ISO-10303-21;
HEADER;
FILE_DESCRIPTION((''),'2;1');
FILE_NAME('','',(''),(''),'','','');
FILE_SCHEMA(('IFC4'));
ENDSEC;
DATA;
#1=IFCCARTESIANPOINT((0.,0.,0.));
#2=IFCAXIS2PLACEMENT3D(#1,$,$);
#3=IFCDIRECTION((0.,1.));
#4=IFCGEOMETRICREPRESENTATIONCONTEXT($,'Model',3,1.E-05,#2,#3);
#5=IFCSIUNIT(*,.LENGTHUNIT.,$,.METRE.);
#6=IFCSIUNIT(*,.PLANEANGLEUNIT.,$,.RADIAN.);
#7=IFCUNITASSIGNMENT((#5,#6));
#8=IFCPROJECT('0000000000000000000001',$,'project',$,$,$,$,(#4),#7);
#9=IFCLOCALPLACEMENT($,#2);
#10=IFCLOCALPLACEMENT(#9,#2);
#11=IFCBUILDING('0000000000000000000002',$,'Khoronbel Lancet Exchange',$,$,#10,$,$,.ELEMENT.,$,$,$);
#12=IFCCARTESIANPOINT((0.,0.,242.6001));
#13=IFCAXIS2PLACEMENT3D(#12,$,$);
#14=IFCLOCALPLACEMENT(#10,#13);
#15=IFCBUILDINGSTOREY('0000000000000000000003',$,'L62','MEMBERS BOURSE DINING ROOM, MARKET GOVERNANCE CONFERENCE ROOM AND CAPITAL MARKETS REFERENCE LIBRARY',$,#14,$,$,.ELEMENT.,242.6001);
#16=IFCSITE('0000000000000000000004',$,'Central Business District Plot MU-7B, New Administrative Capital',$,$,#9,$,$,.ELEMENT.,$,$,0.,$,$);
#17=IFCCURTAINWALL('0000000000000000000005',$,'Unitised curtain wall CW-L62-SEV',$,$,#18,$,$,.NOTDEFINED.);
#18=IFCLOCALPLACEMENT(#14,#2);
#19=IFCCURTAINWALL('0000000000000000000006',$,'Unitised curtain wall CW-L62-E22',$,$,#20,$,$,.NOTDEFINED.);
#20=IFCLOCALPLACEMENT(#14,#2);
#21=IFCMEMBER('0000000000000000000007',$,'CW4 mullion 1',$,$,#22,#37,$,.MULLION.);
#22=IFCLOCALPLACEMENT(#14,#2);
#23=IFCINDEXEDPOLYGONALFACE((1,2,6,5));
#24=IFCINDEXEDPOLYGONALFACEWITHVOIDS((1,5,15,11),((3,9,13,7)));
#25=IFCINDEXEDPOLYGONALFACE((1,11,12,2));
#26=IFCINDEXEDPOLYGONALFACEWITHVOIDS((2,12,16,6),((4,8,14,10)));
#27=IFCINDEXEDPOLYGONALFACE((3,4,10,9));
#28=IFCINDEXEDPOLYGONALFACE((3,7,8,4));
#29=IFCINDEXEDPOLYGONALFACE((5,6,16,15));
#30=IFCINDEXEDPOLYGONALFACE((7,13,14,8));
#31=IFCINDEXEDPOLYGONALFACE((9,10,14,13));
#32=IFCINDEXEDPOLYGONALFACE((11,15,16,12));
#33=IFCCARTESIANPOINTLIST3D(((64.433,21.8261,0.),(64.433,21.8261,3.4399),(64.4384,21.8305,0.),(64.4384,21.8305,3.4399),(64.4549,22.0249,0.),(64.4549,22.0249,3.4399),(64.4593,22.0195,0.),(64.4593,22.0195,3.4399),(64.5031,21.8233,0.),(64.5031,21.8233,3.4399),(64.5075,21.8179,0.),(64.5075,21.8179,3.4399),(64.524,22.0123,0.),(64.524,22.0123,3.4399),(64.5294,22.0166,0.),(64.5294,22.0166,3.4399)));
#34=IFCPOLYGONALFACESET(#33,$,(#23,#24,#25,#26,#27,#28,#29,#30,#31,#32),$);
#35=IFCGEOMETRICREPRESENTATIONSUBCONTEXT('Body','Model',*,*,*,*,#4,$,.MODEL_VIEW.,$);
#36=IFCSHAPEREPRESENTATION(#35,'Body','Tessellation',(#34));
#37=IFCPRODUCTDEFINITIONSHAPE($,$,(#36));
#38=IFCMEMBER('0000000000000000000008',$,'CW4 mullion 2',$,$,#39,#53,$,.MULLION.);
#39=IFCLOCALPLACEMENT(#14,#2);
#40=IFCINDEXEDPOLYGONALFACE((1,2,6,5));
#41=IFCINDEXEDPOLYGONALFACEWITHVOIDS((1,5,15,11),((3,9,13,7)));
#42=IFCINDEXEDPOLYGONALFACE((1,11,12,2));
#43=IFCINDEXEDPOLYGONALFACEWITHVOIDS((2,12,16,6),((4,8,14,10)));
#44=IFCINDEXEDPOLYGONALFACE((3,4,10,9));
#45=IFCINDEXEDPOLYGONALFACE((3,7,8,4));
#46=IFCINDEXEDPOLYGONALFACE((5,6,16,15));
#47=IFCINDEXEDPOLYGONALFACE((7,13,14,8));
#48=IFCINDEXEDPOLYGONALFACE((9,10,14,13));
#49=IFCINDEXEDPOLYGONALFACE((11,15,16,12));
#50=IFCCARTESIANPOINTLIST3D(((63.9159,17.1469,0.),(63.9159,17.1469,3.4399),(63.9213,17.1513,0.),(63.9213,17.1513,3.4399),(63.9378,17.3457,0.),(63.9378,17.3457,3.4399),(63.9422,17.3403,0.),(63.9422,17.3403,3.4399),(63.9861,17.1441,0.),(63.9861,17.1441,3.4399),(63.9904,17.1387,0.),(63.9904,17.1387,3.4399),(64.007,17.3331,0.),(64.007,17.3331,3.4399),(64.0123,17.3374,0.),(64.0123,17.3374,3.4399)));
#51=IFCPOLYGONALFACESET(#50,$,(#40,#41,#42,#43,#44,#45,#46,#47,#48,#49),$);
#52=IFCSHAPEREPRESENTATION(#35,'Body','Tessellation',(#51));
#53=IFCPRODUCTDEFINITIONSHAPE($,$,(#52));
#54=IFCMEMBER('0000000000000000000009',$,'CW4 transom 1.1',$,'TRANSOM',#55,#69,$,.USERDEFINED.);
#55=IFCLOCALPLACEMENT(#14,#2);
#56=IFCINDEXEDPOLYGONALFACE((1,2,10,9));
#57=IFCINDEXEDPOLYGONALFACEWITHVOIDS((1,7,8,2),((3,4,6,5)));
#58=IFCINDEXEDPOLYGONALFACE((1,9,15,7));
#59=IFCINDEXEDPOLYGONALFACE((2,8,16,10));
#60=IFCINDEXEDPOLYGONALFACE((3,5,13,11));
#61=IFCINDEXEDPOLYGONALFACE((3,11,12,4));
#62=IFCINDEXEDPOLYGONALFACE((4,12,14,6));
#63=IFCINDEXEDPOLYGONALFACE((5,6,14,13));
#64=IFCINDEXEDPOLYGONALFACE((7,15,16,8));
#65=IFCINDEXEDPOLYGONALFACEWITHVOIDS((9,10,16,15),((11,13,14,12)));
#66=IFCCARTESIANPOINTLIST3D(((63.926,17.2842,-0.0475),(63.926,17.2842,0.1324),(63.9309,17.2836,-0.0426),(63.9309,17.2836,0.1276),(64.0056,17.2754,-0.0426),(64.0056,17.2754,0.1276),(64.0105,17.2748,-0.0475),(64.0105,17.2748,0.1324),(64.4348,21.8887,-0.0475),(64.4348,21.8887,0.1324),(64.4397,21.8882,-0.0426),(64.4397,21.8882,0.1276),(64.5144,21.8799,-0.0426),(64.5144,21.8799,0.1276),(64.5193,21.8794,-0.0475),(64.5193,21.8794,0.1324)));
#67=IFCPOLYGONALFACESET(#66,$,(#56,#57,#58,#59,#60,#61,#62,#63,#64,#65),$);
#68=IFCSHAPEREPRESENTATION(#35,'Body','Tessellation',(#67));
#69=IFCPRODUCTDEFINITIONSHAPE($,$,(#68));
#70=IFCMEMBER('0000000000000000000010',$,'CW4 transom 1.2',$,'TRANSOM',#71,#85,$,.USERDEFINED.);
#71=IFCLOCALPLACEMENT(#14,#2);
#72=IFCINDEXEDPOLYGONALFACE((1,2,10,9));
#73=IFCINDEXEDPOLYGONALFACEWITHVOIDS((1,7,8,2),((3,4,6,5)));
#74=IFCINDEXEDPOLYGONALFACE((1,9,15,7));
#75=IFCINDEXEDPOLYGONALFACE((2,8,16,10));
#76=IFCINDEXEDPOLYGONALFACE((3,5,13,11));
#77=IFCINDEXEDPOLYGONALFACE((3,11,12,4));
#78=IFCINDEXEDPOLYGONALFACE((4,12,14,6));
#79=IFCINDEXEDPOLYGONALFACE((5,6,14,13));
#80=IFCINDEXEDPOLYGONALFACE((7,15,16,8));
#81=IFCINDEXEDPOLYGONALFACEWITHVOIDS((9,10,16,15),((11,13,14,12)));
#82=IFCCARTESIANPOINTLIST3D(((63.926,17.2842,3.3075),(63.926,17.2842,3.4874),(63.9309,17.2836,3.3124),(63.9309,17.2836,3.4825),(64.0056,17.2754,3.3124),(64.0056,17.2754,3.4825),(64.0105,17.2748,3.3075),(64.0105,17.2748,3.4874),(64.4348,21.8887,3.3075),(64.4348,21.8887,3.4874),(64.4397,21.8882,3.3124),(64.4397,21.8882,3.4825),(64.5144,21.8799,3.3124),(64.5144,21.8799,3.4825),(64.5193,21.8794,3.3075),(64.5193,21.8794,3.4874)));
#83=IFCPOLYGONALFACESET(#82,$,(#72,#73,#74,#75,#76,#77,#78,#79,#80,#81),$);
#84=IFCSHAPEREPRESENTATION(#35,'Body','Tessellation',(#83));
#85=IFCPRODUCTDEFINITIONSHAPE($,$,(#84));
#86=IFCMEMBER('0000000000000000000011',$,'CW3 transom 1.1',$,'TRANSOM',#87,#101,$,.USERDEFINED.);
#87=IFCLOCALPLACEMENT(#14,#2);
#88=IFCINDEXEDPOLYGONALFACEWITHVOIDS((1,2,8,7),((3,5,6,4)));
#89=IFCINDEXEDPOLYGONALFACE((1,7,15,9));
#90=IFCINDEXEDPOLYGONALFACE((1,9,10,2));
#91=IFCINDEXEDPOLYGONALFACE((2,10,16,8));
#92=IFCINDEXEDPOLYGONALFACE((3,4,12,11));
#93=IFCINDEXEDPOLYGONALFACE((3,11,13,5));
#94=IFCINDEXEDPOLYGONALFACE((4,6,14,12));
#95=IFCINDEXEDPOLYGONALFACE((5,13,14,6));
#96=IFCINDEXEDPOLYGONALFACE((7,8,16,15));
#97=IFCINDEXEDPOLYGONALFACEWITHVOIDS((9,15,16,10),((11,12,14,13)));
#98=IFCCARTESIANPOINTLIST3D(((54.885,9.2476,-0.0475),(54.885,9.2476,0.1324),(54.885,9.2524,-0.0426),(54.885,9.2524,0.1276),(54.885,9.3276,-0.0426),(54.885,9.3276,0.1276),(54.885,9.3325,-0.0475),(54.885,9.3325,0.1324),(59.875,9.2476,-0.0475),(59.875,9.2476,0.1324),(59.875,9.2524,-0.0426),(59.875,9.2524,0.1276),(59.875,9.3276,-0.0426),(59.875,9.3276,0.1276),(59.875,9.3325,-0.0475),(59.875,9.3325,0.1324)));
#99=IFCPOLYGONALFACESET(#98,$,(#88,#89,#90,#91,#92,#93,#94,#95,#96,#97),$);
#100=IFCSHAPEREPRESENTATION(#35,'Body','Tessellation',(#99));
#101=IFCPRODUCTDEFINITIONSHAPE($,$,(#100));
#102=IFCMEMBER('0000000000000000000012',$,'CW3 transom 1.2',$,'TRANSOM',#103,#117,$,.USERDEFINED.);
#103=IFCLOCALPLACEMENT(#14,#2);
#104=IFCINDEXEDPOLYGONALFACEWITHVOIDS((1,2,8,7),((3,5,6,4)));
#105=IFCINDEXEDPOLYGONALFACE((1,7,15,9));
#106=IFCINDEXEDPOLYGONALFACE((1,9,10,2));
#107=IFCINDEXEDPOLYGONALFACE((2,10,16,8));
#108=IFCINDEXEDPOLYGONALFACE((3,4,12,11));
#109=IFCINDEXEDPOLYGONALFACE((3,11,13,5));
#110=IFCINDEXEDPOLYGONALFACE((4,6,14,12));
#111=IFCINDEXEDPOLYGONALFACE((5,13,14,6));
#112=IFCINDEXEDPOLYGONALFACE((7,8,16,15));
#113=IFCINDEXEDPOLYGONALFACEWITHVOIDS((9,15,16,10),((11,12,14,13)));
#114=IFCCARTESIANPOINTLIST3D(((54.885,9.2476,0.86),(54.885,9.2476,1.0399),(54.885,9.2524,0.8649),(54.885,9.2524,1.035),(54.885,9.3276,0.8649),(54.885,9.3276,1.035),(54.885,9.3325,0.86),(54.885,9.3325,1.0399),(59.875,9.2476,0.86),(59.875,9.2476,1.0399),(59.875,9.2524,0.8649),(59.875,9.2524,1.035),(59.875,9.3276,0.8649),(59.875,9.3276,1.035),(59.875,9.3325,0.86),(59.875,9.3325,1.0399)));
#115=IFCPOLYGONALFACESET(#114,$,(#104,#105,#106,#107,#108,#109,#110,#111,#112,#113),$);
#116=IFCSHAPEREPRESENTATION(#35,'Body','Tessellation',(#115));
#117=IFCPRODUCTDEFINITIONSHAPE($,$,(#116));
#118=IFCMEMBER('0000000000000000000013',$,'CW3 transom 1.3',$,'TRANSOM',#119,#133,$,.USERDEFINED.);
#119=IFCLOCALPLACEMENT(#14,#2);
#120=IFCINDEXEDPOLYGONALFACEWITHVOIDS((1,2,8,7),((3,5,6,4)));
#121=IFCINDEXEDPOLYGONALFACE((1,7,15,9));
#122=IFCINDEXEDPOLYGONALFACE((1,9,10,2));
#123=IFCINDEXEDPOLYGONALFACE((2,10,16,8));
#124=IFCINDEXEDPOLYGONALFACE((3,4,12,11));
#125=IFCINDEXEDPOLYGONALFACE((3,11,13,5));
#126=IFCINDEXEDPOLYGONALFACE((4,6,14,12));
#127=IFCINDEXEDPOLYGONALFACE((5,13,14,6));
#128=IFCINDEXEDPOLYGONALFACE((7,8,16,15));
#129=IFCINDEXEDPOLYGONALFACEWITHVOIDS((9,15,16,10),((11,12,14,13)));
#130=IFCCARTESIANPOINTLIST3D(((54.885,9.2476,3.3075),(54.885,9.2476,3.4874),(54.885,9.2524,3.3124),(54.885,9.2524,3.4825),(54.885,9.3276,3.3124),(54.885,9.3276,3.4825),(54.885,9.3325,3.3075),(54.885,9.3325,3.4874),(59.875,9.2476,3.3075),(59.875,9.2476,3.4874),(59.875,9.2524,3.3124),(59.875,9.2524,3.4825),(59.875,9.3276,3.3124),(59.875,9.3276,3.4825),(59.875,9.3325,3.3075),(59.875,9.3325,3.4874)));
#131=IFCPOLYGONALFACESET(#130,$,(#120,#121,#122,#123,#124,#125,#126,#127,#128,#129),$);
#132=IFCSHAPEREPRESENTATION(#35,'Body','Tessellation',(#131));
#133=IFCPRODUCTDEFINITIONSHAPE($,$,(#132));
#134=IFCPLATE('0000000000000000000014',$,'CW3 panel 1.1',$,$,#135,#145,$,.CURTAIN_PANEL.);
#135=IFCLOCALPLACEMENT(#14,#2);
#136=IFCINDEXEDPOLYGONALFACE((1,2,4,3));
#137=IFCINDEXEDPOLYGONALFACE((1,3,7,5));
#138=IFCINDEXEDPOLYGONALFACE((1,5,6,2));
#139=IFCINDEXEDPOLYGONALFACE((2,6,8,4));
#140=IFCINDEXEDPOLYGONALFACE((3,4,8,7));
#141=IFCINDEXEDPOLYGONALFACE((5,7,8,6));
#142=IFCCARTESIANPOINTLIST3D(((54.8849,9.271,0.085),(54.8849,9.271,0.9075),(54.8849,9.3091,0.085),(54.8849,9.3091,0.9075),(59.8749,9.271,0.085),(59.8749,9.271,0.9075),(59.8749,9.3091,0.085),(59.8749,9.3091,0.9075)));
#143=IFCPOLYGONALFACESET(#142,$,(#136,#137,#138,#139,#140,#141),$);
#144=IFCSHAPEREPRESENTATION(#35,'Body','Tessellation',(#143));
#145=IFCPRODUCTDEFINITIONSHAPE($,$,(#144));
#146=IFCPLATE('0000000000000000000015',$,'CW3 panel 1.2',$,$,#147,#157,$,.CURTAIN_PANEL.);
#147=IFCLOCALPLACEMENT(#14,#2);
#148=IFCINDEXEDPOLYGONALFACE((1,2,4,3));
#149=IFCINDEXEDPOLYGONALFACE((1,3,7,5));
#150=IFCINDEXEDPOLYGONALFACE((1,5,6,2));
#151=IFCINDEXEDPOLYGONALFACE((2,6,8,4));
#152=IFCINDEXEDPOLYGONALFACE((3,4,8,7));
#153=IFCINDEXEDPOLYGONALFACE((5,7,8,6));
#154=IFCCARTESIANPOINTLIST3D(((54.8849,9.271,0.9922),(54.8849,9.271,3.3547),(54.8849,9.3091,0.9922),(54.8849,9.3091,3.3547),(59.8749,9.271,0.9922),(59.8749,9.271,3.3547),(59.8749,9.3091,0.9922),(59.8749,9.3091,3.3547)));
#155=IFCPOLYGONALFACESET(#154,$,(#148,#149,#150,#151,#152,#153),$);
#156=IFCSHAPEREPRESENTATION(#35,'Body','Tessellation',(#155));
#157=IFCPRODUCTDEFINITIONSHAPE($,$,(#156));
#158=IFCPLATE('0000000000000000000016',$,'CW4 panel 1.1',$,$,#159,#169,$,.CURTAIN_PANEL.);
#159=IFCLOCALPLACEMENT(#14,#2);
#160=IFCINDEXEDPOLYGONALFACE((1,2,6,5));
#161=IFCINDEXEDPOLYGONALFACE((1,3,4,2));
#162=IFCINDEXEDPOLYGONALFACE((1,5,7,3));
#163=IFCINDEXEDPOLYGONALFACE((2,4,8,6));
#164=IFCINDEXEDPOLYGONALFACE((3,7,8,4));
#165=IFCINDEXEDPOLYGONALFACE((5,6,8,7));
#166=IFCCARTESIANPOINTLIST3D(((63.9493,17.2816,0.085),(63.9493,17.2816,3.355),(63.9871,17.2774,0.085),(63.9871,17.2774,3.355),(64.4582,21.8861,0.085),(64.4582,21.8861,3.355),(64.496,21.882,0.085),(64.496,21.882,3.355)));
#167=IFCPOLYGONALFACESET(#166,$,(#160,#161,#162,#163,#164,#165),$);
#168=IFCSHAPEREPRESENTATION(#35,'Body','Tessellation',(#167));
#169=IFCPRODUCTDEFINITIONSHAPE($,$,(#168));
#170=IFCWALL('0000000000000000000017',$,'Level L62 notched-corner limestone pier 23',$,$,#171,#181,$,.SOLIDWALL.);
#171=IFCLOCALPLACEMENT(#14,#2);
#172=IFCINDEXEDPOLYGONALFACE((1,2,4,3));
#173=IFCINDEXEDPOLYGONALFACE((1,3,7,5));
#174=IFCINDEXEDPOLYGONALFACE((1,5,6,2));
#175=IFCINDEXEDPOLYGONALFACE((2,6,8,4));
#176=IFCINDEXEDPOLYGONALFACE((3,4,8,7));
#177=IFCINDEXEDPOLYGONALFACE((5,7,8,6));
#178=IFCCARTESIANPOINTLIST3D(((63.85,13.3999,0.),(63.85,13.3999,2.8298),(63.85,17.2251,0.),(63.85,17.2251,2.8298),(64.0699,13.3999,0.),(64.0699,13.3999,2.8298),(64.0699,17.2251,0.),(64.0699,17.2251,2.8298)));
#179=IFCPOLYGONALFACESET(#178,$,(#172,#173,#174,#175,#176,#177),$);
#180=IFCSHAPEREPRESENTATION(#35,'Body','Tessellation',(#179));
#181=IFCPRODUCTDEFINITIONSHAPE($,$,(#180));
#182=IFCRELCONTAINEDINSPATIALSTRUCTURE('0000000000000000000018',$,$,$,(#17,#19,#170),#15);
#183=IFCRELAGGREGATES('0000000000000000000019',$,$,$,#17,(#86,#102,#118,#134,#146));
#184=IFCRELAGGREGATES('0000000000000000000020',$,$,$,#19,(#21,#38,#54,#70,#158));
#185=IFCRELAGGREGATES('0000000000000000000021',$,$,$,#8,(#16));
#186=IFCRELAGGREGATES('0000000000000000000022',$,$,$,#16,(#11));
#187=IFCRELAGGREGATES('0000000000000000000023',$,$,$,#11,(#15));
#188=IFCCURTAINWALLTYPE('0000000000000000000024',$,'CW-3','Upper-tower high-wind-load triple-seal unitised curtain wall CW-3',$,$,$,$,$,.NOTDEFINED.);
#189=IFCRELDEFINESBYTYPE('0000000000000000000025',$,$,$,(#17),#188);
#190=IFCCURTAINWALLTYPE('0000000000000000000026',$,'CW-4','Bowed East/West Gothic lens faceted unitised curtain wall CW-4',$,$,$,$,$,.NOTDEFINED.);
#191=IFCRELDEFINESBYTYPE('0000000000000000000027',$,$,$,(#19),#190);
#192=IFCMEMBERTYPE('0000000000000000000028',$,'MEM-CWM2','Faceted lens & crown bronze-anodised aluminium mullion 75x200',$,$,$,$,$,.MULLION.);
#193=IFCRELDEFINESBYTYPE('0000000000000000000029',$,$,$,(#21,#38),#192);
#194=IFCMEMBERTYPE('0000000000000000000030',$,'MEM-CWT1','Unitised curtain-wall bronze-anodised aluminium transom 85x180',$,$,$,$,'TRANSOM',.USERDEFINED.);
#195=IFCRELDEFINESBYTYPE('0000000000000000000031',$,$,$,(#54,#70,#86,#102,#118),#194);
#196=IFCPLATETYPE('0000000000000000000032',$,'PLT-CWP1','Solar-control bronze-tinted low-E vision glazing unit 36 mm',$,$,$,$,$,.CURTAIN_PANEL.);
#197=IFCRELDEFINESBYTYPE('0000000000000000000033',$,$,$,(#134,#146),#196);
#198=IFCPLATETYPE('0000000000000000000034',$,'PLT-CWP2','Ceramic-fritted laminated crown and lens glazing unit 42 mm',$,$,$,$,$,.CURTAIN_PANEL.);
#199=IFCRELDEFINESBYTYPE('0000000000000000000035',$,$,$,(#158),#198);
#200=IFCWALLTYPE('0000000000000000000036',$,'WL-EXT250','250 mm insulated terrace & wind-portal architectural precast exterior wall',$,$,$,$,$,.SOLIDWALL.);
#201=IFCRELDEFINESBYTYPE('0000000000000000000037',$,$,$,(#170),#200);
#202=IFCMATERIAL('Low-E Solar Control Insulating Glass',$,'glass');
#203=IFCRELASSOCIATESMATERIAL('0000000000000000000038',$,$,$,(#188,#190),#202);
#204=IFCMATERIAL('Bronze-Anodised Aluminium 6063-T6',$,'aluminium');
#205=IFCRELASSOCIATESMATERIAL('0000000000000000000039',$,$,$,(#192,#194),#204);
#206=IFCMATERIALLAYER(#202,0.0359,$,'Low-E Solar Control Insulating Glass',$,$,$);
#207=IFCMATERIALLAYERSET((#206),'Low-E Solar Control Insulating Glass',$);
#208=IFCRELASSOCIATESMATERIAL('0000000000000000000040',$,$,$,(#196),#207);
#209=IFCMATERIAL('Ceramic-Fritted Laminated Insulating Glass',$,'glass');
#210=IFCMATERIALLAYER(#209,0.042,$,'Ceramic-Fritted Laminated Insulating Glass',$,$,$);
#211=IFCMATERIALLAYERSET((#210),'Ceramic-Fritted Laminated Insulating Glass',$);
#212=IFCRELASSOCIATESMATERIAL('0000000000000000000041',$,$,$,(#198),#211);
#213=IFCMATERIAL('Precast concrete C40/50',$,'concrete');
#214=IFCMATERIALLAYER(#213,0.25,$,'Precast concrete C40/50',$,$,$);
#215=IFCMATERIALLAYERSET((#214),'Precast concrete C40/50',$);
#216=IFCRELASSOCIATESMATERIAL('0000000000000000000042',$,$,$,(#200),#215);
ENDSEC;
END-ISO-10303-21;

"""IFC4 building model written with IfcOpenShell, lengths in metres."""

from ifc_helpers import new_model, si_unit, direction, frame, frame_2d, origin, origin_2d, place, context, subcontext, project, spatial, rectangle, hollow_rectangle, extrude, material, layer, layer_set, material_profile, profile_set, type_object, element, aggregate, save


model = new_model("IFC4")

# Units and contexts
model_context = context("Model", 3, precision=1e-05, world=origin(), true_north=direction((0.0, 1.0)))
body_context = subcontext(model_context, "Body", "Model", "MODEL_VIEW")
ifc_project = project(units=[si_unit("LENGTHUNIT", "METRE"), si_unit("PLANEANGLEUNIT", "RADIAN")], contexts=[model_context])

# Site, building, storey
site_placement = place(None, origin())
site = spatial("IfcSite", under=ifc_project, at=site_placement, Name="Central Business District Plot MU-7B, New Administrative Capital", CompositionType="ELEMENT", RefElevation=0.0)
building_placement = place(site_placement, origin())
building = spatial("IfcBuilding", under=site, at=building_placement, Name="Khoronbel Lancet Exchange", CompositionType="ELEMENT")
storey_placement = place(building_placement, frame((0.0, 0.0, 242.6001)))
storey = spatial("IfcBuildingStorey", under=building, at=storey_placement, Name="L62", Description="MEMBERS BOURSE DINING ROOM, MARKET GOVERNANCE CONFERENCE ROOM AND CAPITAL MARKETS REFERENCE LIBRARY", CompositionType="ELEMENT", Elevation=242.6001)

# Shared definitions
ifc_material_1 = material(Name="Low-E Solar Control Insulating Glass", Category="glass")
curtain_wall_type_1 = type_object("IfcCurtainWallType", Name="CW-3", Description="Upper-tower high-wind-load triple-seal unitised curtain wall CW-3", PredefinedType="NOTDEFINED", material=ifc_material_1)
ifc_material_2 = material(Name="Bronze-Anodised Aluminium 6063-T6", Category="aluminium")

# Curtain wall
curtain_wall_1_placement = place(storey_placement, origin())
curtain_wall_1 = element("IfcCurtainWall", 1, at=curtain_wall_1_placement, inside=storey, type_object=curtain_wall_type_1, Name="Unitised curtain wall CW-L62-SEV", PredefinedType="NOTDEFINED")

# Shared definitions
curtain_wall_type_2 = type_object("IfcCurtainWallType", Name="CW-4", Description="Bowed East/West Gothic lens faceted unitised curtain wall CW-4", PredefinedType="NOTDEFINED", material=ifc_material_1)
ifc_material_profile_1 = material_profile(ifc_material_2, hollow_rectangle(XDim=0.075, YDim=0.2, WallThickness=0.0049, at=origin_2d()), Name="ALU MULLION 75x200")
ifc_profile_set_1 = profile_set([ifc_material_profile_1], Name="Bronze-Anodised Aluminium 6063-T6")
member_type_1 = type_object("IfcMemberType", Name="MEM-CWM2", Description="Faceted lens & crown bronze-anodised aluminium mullion 75x200", PredefinedType="MULLION", material=ifc_profile_set_1)

# Curtain wall, members
curtain_wall_2_placement = place(storey_placement, origin())
curtain_wall_2 = element("IfcCurtainWall", 2, at=curtain_wall_2_placement, inside=storey, type_object=curtain_wall_type_2, Name="Unitised curtain wall CW-L62-E22", PredefinedType="NOTDEFINED")
member_1_placement = place(storey_placement, frame((64.4812, 21.9214, 0.0), z_axis=(0.0, 0.0, 1.0), x_axis=(0.993947, -0.109858, 0.0)))
member_1 = element("IfcMember", 3, at=member_1_placement, type_object=member_type_1, Name="CW4 mullion 1", PredefinedType="MULLION", context=body_context, shape_type="SweptSolid", body=[
    extrude(hollow_rectangle(XDim=0.075, YDim=0.2, WallThickness=0.0049, at=origin_2d()), origin(), (0.0, 0.0, 1.0), 3.4399),
])
member_2_placement = place(storey_placement, frame((63.9641, 17.2422, 0.0), z_axis=(0.0, 0.0, 1.0), x_axis=(0.993947, -0.109858, 0.0)))
member_2 = element("IfcMember", 4, at=member_2_placement, type_object=member_type_1, Name="CW4 mullion 2", PredefinedType="MULLION", context=body_context, shape_type="SweptSolid", body=[
    extrude(hollow_rectangle(XDim=0.075, YDim=0.2, WallThickness=0.0049, at=origin_2d()), origin(), (0.0, 0.0, 1.0), 3.4399),
])
ifc_material_profile_2 = material_profile(ifc_material_2, hollow_rectangle(XDim=0.085, YDim=0.1799, WallThickness=0.0049, at=origin_2d()), Name="ALU TRANSOM 85x180")
ifc_profile_set_2 = profile_set([ifc_material_profile_2], Name="Bronze-Anodised Aluminium 6063-T6")
member_type_2 = type_object("IfcMemberType", Name="MEM-CWT1", Description="Unitised curtain-wall bronze-anodised aluminium transom 85x180", ElementType="TRANSOM", PredefinedType="USERDEFINED", material=ifc_profile_set_2)
member_3_placement = place(storey_placement, frame((64.4771, 21.884, 0.0425), z_axis=(-0.10983, -0.99395, 0.0), x_axis=(0.99395, -0.10983, 0.0)))
member_3 = element("IfcMember", 5, at=member_3_placement, type_object=member_type_2, Name="CW4 transom 1.1", ObjectType="TRANSOM", PredefinedType="USERDEFINED", context=body_context, shape_type="SweptSolid", body=[
    extrude(hollow_rectangle(XDim=0.085, YDim=0.1799, WallThickness=0.0049, at=origin_2d()), origin(), (0.0, 0.0, 1.0), 4.6326),
])
member_4_placement = place(storey_placement, frame((64.4771, 21.884, 3.3975), z_axis=(-0.10983, -0.99395, 0.0), x_axis=(0.99395, -0.10983, 0.0)))
member_4 = element("IfcMember", 6, at=member_4_placement, type_object=member_type_2, Name="CW4 transom 1.2", ObjectType="TRANSOM", PredefinedType="USERDEFINED", context=body_context, shape_type="SweptSolid", body=[
    extrude(hollow_rectangle(XDim=0.085, YDim=0.1799, WallThickness=0.0049, at=origin_2d()), origin(), (0.0, 0.0, 1.0), 4.6326),
])

# Members
member_5_placement = place(storey_placement, frame((54.885, 9.29, 0.0425), z_axis=(1.0, 0.0, 0.0), x_axis=(0.0, 1.0, 0.0)))
member_5 = element("IfcMember", 7, at=member_5_placement, type_object=member_type_2, Name="CW3 transom 1.1", ObjectType="TRANSOM", PredefinedType="USERDEFINED", context=body_context, shape_type="SweptSolid", body=[
    extrude(hollow_rectangle(XDim=0.085, YDim=0.1799, WallThickness=0.0049, at=origin_2d()), origin(), (0.0, 0.0, 1.0), 4.99),
])
member_6_placement = place(storey_placement, frame((54.885, 9.29, 0.95), z_axis=(1.0, 0.0, 0.0), x_axis=(0.0, 1.0, 0.0)))
member_6 = element("IfcMember", 8, at=member_6_placement, type_object=member_type_2, Name="CW3 transom 1.2", ObjectType="TRANSOM", PredefinedType="USERDEFINED", context=body_context, shape_type="SweptSolid", body=[
    extrude(hollow_rectangle(XDim=0.085, YDim=0.1799, WallThickness=0.0049, at=origin_2d()), origin(), (0.0, 0.0, 1.0), 4.99),
])
member_7_placement = place(storey_placement, frame((54.885, 9.29, 3.3975), z_axis=(1.0, 0.0, 0.0), x_axis=(0.0, 1.0, 0.0)))
member_7 = element("IfcMember", 9, at=member_7_placement, type_object=member_type_2, Name="CW3 transom 1.3", ObjectType="TRANSOM", PredefinedType="USERDEFINED", context=body_context, shape_type="SweptSolid", body=[
    extrude(hollow_rectangle(XDim=0.085, YDim=0.1799, WallThickness=0.0049, at=origin_2d()), origin(), (0.0, 0.0, 1.0), 4.99),
])

# Plates
ifc_layer_1 = layer(ifc_material_1, 0.0359, Name="Low-E Solar Control Insulating Glass")
ifc_layer_set_1 = layer_set([ifc_layer_1], Name="Low-E Solar Control Insulating Glass")
plate_type_1 = type_object("IfcPlateType", Name="PLT-CWP1", Description="Solar-control bronze-tinted low-E vision glazing unit 36 mm", PredefinedType="CURTAIN_PANEL", material=ifc_layer_set_1)
plate_1_placement = place(storey_placement, frame((57.3799, 9.29, 0.085), z_axis=(0.0, 0.0, 1.0), x_axis=(1.0, 0.0, 0.0)))
plate_1 = element("IfcPlate", 10, at=plate_1_placement, type_object=plate_type_1, Name="CW3 panel 1.1", PredefinedType="CURTAIN_PANEL", context=body_context, shape_type="SweptSolid", body=[
    extrude(rectangle(XDim=4.99, YDim=0.0381, at=origin_2d()), origin(), (0.0, 0.0, 1.0), 0.8225),
])
plate_2_placement = place(storey_placement, frame((57.3799, 9.29, 0.9922), z_axis=(0.0, 0.0, 1.0), x_axis=(1.0, 0.0, 0.0)))
plate_2 = element("IfcPlate", 11, at=plate_2_placement, type_object=plate_type_1, Name="CW3 panel 1.2", PredefinedType="CURTAIN_PANEL", context=body_context, shape_type="SweptSolid", body=[
    extrude(rectangle(XDim=4.99, YDim=0.0381, at=origin_2d()), origin(), (0.0, 0.0, 1.0), 2.3625),
])
aggregate(curtain_wall_1, [member_5, member_6, member_7, plate_1, plate_2])
ifc_material_3 = material(Name="Ceramic-Fritted Laminated Insulating Glass", Category="glass")
ifc_layer_2 = layer(ifc_material_3, 0.042, Name="Ceramic-Fritted Laminated Insulating Glass")
ifc_layer_set_2 = layer_set([ifc_layer_2], Name="Ceramic-Fritted Laminated Insulating Glass")
plate_type_2 = type_object("IfcPlateType", Name="PLT-CWP2", Description="Ceramic-fritted laminated crown and lens glazing unit 42 mm", PredefinedType="CURTAIN_PANEL", material=ifc_layer_set_2)
plate_3_placement = place(storey_placement, frame((64.2227, 19.5818, 0.085), z_axis=(0.0, 0.0, 1.0), x_axis=(-0.109858, -0.993947, 0.0)))
plate_3 = element("IfcPlate", 12, at=plate_3_placement, type_object=plate_type_2, Name="CW4 panel 1.1", PredefinedType="CURTAIN_PANEL", context=body_context, shape_type="SweptSolid", body=[
    extrude(rectangle(XDim=4.6326, YDim=0.0381, at=origin_2d()), origin(), (0.0, 0.0, 1.0), 3.27),
])
aggregate(curtain_wall_2, [member_1, member_2, member_3, member_4, plate_3])

# Wall
ifc_material_4 = material(Name="Precast concrete C40/50", Category="concrete")
ifc_layer_3 = layer(ifc_material_4, 0.25, Name="Precast concrete C40/50")
ifc_layer_set_3 = layer_set([ifc_layer_3], Name="Precast concrete C40/50")
wall_type_1 = type_object("IfcWallType", Name="WL-EXT250", Description="250 mm insulated terrace & wind-portal architectural precast exterior wall", PredefinedType="SOLIDWALL", material=ifc_layer_set_3)
wall_1_placement = place(storey_placement, frame((63.96, 17.2251, 0.0), z_axis=(0.0, 0.0, 1.0), x_axis=(0.0, -1.0, 0.0)))
element("IfcWall", 13, at=wall_1_placement, inside=storey, type_object=wall_type_1, Name="Level L62 notched-corner limestone pier 23", PredefinedType="SOLIDWALL", context=body_context, shape_type="SweptSolid", body=[
    extrude(rectangle(XDim=3.8252, YDim=0.22, at=frame_2d((1.9126, 0.0))), origin(), (0.0, 0.0, 1.0), 2.8298),
])

save(model, "model.ifc")
